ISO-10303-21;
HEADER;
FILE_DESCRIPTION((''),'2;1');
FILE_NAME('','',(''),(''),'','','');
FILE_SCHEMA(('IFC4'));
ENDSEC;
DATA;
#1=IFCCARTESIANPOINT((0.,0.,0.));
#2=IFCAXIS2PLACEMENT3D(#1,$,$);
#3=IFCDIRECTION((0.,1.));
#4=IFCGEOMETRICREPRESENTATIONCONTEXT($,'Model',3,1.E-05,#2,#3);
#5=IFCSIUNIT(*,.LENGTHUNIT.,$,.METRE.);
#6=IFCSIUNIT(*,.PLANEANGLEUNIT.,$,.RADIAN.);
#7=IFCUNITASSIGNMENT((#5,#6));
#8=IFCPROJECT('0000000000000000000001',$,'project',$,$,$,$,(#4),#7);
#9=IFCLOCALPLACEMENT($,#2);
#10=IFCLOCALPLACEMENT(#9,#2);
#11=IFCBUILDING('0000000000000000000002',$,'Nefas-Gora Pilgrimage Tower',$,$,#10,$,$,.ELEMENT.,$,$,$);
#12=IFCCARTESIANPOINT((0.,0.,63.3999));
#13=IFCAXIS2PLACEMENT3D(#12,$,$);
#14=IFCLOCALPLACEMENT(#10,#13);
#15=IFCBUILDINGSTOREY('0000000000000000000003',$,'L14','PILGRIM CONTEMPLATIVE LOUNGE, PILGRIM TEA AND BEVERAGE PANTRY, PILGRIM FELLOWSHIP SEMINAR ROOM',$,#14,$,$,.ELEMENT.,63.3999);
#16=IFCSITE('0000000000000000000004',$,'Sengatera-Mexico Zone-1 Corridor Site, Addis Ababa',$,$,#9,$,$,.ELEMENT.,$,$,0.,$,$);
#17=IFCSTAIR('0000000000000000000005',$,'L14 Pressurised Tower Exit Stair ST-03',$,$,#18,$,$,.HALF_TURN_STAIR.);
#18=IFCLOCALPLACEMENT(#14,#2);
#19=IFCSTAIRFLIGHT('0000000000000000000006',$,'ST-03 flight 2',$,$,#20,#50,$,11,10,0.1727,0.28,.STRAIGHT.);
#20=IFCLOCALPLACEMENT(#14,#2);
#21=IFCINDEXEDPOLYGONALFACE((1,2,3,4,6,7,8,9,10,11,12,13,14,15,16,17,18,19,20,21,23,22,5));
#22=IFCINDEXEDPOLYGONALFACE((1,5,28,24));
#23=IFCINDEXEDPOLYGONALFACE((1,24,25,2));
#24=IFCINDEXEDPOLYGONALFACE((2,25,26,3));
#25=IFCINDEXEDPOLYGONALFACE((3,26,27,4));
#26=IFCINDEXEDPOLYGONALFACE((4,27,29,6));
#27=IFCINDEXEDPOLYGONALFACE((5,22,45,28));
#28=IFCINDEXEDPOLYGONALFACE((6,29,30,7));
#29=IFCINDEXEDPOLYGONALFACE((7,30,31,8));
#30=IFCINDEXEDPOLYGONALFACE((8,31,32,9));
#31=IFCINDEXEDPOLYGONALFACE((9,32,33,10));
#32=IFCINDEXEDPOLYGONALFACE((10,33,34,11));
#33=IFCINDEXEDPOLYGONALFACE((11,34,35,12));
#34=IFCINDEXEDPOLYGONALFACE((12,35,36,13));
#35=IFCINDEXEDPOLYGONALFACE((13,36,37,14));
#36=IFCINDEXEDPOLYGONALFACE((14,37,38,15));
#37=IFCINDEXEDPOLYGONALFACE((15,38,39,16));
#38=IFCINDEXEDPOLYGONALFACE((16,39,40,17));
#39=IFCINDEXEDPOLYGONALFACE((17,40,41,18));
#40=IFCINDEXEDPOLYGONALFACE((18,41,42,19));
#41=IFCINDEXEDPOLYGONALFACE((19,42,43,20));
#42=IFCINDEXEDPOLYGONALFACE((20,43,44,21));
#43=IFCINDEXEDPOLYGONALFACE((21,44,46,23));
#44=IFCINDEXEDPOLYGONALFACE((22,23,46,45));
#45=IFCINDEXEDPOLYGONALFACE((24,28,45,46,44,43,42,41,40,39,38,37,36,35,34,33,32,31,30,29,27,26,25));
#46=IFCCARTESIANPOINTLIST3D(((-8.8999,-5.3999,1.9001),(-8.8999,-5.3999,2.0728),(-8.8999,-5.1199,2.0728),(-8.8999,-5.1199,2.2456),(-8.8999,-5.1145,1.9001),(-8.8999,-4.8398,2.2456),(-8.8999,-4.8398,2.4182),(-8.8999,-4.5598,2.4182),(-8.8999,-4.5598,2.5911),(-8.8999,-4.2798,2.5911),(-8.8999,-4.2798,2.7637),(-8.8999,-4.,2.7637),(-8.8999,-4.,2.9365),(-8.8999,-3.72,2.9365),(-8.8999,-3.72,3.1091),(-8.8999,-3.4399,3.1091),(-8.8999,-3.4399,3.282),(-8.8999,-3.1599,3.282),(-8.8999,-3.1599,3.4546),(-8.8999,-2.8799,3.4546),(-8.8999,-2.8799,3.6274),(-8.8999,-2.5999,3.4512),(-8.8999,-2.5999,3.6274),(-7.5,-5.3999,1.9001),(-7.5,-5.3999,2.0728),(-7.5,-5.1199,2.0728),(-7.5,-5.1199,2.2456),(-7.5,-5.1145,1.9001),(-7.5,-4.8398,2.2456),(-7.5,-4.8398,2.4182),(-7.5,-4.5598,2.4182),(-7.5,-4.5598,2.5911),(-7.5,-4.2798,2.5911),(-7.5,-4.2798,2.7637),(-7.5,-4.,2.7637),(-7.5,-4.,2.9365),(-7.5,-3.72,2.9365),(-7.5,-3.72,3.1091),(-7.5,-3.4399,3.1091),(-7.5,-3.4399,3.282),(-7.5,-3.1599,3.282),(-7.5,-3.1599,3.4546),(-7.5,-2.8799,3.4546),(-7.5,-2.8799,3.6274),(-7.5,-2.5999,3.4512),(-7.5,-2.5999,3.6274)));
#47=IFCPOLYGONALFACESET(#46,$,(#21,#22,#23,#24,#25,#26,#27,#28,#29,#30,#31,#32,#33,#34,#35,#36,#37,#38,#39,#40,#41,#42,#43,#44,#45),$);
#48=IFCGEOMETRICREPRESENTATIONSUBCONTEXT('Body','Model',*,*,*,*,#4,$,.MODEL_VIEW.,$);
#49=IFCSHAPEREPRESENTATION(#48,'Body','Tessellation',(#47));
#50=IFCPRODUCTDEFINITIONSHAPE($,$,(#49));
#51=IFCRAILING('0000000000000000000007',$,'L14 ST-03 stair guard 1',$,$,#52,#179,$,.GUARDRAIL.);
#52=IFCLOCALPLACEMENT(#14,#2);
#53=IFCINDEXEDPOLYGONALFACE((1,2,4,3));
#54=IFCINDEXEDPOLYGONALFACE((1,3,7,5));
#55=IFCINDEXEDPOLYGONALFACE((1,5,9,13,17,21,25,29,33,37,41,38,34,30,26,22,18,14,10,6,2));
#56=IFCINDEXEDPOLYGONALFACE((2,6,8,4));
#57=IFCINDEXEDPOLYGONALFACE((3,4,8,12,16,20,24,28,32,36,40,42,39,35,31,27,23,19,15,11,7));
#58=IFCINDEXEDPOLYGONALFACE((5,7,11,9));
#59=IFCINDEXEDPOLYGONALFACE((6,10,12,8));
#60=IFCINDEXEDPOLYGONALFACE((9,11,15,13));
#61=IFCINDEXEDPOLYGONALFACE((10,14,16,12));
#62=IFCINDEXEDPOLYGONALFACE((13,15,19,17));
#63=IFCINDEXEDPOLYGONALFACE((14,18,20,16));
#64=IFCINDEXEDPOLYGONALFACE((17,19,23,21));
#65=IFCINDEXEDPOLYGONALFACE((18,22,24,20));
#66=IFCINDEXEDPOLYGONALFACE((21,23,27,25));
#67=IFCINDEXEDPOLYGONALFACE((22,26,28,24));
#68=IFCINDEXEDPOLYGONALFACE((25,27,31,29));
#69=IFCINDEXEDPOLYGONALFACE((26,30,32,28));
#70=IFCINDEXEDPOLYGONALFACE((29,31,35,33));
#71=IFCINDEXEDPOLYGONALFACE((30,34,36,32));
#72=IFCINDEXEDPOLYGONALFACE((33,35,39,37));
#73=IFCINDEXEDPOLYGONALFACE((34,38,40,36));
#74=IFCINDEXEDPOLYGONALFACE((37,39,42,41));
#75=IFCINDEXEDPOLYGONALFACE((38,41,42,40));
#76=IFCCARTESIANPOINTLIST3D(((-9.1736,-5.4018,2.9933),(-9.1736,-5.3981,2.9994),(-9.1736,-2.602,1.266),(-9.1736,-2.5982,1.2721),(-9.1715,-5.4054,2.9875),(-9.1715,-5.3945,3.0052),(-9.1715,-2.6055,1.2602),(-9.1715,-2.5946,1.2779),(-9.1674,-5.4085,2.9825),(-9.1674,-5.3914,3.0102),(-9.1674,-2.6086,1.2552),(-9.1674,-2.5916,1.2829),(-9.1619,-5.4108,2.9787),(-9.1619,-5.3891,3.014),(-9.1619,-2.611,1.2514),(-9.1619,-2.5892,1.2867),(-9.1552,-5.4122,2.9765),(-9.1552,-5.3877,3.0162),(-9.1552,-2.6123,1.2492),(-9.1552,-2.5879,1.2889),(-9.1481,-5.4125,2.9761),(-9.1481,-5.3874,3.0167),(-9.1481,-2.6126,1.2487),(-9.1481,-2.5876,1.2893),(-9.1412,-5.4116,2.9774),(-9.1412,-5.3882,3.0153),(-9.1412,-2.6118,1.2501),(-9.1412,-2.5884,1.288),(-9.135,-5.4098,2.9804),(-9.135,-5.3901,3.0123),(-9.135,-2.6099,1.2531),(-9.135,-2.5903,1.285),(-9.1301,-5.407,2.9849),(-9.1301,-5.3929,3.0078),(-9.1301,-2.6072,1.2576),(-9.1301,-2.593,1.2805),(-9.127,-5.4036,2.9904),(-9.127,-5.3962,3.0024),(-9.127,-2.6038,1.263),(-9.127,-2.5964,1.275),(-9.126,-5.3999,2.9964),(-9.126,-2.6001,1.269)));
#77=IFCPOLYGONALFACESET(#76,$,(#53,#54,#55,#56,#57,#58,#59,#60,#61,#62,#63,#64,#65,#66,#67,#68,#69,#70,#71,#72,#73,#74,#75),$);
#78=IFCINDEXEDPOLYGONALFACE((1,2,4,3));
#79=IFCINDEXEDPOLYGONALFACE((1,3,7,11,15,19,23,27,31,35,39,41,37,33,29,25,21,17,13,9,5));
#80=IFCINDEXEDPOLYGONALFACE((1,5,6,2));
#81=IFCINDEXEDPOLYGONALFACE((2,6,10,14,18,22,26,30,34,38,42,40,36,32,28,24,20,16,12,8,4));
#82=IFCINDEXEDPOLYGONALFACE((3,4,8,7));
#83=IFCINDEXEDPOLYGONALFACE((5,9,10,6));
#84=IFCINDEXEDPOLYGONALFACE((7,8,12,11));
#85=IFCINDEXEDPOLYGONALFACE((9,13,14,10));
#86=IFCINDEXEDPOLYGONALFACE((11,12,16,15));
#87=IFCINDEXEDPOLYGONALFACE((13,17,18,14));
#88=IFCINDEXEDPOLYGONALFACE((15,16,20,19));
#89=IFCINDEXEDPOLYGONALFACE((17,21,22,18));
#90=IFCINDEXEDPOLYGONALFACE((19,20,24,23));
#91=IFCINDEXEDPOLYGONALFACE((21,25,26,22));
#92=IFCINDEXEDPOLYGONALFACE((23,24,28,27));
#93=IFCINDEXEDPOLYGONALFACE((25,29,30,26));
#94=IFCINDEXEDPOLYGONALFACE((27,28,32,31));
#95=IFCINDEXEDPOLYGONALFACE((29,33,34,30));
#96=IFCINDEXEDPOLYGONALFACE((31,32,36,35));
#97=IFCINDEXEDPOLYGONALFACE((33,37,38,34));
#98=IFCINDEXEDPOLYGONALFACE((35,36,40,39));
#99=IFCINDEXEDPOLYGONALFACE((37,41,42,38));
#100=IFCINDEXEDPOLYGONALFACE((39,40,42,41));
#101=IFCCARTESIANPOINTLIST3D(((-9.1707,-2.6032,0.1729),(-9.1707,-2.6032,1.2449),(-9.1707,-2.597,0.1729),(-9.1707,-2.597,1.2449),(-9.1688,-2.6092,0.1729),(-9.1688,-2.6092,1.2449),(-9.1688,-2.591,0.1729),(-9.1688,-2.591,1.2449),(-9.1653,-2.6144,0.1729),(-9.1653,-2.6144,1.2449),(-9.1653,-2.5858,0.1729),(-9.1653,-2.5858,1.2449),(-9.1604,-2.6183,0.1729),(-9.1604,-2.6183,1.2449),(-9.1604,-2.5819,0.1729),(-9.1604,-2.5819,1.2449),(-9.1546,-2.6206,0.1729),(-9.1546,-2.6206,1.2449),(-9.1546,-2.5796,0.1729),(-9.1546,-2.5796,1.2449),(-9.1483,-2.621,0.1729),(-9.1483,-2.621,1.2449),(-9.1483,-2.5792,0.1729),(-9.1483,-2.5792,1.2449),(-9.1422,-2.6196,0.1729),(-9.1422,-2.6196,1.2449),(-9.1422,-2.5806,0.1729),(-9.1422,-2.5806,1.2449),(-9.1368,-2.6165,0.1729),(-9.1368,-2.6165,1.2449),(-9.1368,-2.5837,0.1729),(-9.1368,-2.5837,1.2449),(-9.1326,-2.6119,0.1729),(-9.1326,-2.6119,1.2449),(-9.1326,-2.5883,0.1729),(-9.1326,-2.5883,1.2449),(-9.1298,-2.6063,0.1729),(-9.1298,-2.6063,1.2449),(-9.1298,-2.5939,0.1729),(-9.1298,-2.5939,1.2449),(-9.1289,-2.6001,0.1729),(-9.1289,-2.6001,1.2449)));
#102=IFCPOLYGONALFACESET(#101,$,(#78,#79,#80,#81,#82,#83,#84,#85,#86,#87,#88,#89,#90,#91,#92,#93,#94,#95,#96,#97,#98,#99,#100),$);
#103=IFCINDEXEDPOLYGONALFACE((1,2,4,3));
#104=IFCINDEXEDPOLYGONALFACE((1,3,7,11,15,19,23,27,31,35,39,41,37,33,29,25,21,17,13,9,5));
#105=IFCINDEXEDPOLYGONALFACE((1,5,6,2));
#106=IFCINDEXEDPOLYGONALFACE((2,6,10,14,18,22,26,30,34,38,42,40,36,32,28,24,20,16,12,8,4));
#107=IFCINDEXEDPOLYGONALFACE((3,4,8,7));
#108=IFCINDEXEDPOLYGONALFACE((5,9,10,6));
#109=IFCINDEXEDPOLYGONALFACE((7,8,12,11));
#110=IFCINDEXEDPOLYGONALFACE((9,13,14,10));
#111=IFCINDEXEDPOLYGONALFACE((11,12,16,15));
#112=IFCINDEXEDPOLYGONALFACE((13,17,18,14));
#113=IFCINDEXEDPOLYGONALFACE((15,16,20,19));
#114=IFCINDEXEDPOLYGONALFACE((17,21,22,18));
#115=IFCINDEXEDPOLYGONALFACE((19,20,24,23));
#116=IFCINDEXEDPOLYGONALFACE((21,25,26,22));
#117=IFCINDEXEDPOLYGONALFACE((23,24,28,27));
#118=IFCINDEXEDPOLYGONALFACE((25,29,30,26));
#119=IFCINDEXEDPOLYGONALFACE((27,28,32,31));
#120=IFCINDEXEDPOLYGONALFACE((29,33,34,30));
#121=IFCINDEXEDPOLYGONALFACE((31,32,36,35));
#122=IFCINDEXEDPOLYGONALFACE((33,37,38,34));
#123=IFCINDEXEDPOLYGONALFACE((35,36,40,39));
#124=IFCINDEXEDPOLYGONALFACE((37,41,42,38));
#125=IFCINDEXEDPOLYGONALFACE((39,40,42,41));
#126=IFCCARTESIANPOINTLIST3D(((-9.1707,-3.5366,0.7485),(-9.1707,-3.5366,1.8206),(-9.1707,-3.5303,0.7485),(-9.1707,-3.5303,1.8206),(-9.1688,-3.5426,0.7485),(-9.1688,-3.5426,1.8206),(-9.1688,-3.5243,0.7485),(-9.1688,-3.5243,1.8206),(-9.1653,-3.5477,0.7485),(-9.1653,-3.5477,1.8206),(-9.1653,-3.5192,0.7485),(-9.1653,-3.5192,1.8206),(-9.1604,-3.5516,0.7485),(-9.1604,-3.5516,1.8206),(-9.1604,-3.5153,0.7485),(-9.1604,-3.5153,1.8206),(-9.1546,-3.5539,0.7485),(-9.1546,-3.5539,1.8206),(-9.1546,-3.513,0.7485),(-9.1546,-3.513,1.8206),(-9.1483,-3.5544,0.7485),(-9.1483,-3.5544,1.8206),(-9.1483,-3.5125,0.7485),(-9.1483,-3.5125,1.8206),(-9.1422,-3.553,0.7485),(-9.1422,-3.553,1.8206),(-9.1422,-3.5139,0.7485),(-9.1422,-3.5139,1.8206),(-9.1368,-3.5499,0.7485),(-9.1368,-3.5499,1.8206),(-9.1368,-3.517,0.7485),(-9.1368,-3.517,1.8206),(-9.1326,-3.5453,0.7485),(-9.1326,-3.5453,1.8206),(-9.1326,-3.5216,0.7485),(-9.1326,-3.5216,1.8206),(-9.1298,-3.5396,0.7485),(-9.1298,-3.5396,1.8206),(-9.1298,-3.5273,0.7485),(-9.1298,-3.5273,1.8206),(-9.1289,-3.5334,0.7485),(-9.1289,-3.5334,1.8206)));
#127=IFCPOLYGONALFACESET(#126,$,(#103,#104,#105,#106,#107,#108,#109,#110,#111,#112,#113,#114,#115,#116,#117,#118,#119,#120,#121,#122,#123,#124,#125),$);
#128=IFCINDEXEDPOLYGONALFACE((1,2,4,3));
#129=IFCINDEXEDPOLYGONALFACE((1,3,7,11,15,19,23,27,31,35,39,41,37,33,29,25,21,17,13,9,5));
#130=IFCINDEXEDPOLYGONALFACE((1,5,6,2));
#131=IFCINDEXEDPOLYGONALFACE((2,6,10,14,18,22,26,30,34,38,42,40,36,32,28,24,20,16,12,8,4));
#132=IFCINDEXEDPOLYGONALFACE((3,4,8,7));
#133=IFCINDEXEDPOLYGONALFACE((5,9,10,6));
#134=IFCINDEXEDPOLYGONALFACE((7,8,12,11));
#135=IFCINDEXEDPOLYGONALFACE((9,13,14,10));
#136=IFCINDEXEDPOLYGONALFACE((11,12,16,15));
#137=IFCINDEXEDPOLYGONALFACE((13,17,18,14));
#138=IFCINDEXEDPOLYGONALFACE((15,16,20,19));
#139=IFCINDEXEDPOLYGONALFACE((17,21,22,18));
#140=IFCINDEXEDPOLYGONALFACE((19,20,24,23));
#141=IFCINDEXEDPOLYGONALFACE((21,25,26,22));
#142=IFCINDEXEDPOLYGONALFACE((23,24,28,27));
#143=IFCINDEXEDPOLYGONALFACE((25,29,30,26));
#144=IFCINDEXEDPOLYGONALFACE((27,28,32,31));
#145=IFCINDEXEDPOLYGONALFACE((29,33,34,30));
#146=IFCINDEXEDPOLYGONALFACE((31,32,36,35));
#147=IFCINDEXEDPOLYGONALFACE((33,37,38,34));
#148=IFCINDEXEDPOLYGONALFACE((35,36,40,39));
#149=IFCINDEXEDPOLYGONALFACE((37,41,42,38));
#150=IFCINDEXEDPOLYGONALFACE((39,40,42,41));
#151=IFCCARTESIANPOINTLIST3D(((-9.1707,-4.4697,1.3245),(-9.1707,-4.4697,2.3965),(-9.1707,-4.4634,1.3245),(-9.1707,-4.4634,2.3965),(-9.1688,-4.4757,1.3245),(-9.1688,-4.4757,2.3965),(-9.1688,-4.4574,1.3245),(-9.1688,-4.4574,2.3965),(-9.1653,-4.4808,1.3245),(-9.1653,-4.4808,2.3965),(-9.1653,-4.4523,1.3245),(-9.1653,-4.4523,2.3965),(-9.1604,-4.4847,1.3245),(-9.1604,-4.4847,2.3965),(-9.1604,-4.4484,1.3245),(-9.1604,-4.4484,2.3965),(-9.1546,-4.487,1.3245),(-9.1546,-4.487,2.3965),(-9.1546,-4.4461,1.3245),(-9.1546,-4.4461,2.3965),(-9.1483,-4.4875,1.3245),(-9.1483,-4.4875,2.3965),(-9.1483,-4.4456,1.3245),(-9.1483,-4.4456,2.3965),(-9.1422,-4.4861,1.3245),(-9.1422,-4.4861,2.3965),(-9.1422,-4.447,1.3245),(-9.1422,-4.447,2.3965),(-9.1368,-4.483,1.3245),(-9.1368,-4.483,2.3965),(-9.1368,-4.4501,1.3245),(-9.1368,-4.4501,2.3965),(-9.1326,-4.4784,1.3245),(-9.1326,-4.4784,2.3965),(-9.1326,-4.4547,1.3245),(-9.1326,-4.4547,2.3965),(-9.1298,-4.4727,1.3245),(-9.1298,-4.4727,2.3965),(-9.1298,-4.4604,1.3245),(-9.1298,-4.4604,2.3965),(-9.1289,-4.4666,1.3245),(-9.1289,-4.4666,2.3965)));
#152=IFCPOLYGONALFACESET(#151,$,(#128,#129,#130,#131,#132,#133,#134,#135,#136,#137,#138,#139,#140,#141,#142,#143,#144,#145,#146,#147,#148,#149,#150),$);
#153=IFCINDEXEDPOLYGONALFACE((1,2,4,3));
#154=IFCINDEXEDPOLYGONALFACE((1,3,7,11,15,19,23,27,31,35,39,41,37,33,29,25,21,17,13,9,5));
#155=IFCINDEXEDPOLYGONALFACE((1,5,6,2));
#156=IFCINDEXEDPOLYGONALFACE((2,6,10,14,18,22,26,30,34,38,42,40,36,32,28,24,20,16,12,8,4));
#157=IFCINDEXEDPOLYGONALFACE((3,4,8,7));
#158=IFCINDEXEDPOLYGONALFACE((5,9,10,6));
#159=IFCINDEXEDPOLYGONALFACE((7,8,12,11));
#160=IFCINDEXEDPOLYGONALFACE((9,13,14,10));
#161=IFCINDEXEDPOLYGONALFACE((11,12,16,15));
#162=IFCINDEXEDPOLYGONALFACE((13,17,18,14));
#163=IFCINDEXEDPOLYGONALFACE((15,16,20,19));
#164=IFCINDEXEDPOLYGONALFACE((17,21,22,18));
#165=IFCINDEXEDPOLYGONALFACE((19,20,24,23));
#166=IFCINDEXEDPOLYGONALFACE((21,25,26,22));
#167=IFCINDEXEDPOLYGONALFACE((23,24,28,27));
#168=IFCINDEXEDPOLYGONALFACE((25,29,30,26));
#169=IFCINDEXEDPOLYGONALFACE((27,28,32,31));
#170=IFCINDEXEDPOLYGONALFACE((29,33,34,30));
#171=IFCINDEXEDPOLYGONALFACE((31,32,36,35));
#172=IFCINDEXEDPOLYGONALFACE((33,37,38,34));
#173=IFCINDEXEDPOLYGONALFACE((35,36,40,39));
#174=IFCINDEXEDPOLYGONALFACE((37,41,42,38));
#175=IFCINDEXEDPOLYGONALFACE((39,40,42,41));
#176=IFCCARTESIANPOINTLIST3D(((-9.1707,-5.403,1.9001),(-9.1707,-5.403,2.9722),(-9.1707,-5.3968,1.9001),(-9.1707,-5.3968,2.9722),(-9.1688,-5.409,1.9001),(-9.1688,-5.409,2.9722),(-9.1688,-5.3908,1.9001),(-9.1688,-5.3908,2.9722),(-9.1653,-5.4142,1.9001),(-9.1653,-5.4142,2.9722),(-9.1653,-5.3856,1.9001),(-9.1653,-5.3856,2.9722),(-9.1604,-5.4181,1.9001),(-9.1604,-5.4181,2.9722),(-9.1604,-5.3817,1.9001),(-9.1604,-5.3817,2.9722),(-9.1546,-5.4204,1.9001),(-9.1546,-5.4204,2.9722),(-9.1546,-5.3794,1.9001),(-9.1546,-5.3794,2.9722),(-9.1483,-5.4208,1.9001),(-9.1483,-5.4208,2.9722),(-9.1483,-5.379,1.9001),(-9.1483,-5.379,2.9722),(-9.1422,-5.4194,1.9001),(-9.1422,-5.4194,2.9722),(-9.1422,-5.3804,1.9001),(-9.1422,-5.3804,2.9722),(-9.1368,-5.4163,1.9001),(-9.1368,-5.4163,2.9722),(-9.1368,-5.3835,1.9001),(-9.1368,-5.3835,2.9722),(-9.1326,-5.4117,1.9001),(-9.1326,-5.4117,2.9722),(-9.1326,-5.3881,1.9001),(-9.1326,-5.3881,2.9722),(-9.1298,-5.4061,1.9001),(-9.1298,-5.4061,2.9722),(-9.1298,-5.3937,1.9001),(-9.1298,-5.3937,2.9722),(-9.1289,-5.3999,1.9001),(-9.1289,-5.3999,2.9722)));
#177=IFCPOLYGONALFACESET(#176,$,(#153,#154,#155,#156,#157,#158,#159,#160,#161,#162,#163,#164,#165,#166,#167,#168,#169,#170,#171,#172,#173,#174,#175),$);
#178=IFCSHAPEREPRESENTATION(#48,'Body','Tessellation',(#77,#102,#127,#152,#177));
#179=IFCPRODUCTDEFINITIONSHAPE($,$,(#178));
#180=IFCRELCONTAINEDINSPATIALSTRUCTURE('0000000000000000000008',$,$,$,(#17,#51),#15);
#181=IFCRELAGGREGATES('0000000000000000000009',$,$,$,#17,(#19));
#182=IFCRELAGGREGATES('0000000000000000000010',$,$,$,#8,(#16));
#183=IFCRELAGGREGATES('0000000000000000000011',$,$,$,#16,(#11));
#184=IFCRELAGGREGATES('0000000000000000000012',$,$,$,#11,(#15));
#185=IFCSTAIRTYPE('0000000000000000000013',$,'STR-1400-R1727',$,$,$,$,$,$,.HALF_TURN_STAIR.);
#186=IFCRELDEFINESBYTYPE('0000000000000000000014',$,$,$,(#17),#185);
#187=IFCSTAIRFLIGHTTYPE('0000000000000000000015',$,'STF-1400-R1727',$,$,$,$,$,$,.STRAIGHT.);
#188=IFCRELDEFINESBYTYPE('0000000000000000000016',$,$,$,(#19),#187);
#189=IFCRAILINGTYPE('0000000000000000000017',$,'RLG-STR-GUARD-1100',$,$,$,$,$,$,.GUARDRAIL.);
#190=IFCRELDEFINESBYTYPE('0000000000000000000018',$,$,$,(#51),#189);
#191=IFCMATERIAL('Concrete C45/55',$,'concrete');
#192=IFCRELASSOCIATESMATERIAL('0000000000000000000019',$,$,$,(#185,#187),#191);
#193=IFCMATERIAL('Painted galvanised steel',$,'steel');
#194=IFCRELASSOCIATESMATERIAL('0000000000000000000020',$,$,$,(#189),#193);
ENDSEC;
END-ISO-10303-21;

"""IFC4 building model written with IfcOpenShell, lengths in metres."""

from ifc_helpers import new_model, si_unit, direction, frame, origin, origin_2d, place, context, subcontext, project, spatial, polyline, circle, outline, extrude, source, transform, mapped, material, type_object, element, aggregate, save


model = new_model("IFC4")

# Units and contexts
model_context = context("Model", 3, precision=1e-05, world=origin(), true_north=direction((0.0, 1.0)))
body_context = subcontext(model_context, "Body", "Model", "MODEL_VIEW")
ifc_project = project(units=[si_unit("LENGTHUNIT", "METRE"), si_unit("PLANEANGLEUNIT", "RADIAN")], contexts=[model_context])

# Site, building, storey
site_placement = place(None, origin())
site = spatial("IfcSite", under=ifc_project, at=site_placement, Name="Sengatera-Mexico Zone-1 Corridor Site, Addis Ababa", CompositionType="ELEMENT", RefElevation=0.0)
building_placement = place(site_placement, origin())
building = spatial("IfcBuilding", under=site, at=building_placement, Name="Nefas-Gora Pilgrimage Tower", CompositionType="ELEMENT")
storey_placement = place(building_placement, frame((0.0, 0.0, 63.3999)))
storey = spatial("IfcBuildingStorey", under=building, at=storey_placement, Name="L14", Description="PILGRIM CONTEMPLATIVE LOUNGE, PILGRIM TEA AND BEVERAGE PANTRY, PILGRIM FELLOWSHIP SEMINAR ROOM", CompositionType="ELEMENT", Elevation=63.3999)

# Shared definitions
ifc_material_1 = material(Name="Concrete C45/55", Category="concrete")

# Stair, stair flight
stair_type = type_object("IfcStairType", Name="STR-1400-R1727", PredefinedType="HALF_TURN_STAIR", material=ifc_material_1)
stair_placement = place(storey_placement, origin())
stair = element("IfcStair", 1, at=stair_placement, inside=storey, type_object=stair_type, Name="L14 Pressurised Tower Exit Stair ST-03", PredefinedType="HALF_TURN_STAIR")
stair_flight_type = type_object("IfcStairFlightType", Name="STF-1400-R1727", PredefinedType="STRAIGHT", material=ifc_material_1)
shared_shape_1 = source(origin(), body_context, "Body", "SweptSolid", [
    extrude(outline(polyline([(0.0, 0.0), (0.0, 0.1726), (0.28, 0.1726), (0.28, 0.3455), (0.5601, 0.3455), (0.5601, 0.5181), (0.8401, 0.5181), (0.8401, 0.6909), (1.1201, 0.6909), (1.1201, 0.8635), (1.3999, 0.8635), (1.3999, 1.0364), (1.6799, 1.0364), (1.6799, 1.209), (1.96, 1.209), (1.96, 1.3818), (2.24, 1.3818), (2.24, 1.5544), (2.52, 1.5544), (2.52, 1.7273), (2.8, 1.7273), (2.8, 1.8999), (2.8, 1.551), (0.2854, 0.0), (0.0, 0.0)])), frame((0.0, 0.7, 0.0), z_axis=(0.0, -1.0, 0.0), x_axis=(1.0, 0.0, 0.0)), (0.0, 0.0, 1.0), 1.3999),
])
stair_flight_1_placement = place(storey_placement, frame((-8.2, -5.3999, 1.9001), z_axis=(0.0, 0.0, 1.0), x_axis=(0.0, 1.0, 0.0)))
stair_flight_1 = element("IfcStairFlight", 2, at=stair_flight_1_placement, type_object=stair_flight_type, Name="ST-03 flight 2", NumberOfRisers=11, NumberOfTreads=10, PredefinedType="STRAIGHT", RiserHeight=0.1727, TreadLength=0.28, context=body_context, shape_type="MappedRepresentation", body=[
    mapped(shared_shape_1, transform((0.0, 0.0, 0.0), x_axis=(1.0, 0.0, 0.0), y_axis=(0.0, 1.0, 0.0), z_axis=(0.0, 0.0, 1.0), scale=1.0)),
])
aggregate(stair, [stair_flight_1])

# Railing
ifc_material_2 = material(Name="Painted galvanised steel", Category="steel")
railing_type_1 = type_object("IfcRailingType", Name="RLG-STR-GUARD-1100", PredefinedType="GUARDRAIL", material=ifc_material_2)
railing_1_placement = place(storey_placement, frame((-9.1499, -2.6001, 0.1729)))
element("IfcRailing", 3, at=railing_1_placement, inside=storey, type_object=railing_type_1, Name="L14 ST-03 stair guard 1", PredefinedType="GUARDRAIL", context=body_context, shape_type="SweptSolid", body=[
    extrude(circle(Radius=0.0239, at=origin_2d()), frame((0.0, 0.0, 1.0962), z_axis=(0.0, -0.851069, 0.525054), x_axis=(1.0, 0.0, 0.0)), (0.0, 0.0, 1.0), 3.2898),
    extrude(circle(Radius=0.021, at=origin_2d()), origin(), (0.0, 0.0, 1.0), 1.072),
    extrude(circle(Radius=0.021, at=origin_2d()), frame((0.0, -0.9333, 0.5757)), (0.0, 0.0, 1.0), 1.072),
    extrude(circle(Radius=0.021, at=origin_2d()), frame((0.0, -1.8665, 1.1516)), (0.0, 0.0, 1.0), 1.072),
    extrude(circle(Radius=0.021, at=origin_2d()), frame((0.0, -2.7998, 1.7273)), (0.0, 0.0, 1.0), 1.072),
])

save(model, "model.ifc")
